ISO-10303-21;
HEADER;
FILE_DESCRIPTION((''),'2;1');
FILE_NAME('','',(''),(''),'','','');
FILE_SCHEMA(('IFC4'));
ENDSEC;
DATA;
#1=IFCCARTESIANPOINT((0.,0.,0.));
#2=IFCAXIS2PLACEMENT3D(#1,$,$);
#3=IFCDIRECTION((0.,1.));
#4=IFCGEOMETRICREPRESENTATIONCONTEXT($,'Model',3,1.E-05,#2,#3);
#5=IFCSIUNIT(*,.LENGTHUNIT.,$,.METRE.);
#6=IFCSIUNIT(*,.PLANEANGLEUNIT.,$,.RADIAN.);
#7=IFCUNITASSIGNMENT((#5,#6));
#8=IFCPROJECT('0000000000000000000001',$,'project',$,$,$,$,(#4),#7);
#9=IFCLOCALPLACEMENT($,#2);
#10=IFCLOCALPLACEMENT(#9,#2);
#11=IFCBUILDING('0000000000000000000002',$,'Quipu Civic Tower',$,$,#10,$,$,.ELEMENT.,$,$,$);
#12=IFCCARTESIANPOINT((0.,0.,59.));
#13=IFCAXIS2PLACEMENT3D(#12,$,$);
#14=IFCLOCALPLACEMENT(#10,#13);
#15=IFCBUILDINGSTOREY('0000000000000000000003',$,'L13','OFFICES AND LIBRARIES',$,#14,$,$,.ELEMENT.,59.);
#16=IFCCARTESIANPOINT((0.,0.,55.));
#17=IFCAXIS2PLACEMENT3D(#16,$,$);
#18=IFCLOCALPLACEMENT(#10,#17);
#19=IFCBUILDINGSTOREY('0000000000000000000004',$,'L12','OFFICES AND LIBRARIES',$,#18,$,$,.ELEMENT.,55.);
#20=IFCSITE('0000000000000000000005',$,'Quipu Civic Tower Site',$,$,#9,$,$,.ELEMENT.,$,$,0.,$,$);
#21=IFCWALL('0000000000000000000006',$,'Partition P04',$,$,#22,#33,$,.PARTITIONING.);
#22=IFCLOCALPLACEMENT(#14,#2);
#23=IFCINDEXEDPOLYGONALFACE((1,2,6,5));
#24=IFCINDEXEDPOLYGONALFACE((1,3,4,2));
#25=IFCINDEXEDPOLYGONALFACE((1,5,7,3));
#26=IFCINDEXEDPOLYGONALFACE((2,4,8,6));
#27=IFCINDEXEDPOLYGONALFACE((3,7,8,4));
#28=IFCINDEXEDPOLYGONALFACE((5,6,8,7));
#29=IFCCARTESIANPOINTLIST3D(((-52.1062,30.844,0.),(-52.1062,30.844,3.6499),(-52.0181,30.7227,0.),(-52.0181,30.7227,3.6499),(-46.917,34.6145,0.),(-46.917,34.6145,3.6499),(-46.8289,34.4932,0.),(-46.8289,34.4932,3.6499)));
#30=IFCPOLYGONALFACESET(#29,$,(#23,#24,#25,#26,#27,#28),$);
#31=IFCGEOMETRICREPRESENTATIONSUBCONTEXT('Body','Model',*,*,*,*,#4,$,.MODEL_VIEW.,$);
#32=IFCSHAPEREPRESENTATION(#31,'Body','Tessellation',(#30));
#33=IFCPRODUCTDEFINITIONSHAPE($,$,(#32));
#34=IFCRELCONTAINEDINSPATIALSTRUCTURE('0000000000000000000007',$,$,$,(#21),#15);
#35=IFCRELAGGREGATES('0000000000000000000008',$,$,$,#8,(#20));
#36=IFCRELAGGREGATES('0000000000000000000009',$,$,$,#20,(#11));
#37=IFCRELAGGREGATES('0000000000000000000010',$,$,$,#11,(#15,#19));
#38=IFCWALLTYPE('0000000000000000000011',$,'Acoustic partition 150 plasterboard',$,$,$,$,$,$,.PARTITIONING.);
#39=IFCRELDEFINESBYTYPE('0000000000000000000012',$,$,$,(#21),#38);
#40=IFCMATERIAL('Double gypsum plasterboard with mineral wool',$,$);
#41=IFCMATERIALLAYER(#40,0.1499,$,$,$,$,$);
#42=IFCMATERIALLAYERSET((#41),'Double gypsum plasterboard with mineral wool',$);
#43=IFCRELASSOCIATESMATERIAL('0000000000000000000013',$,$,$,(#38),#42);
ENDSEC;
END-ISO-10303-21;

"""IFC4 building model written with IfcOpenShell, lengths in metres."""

from ifc_helpers import new_model, si_unit, direction, frame, frame_2d, origin, place, context, subcontext, project, spatial, rectangle, extrude, material, layer, layer_set, type_object, element, save


model = new_model("IFC4")

# Units and contexts
model_context = context("Model", 3, precision=1e-05, world=origin(), true_north=direction((0.0, 1.0)))
body_context = subcontext(model_context, "Body", "Model", "MODEL_VIEW")
ifc_project = project(units=[si_unit("LENGTHUNIT", "METRE"), si_unit("PLANEANGLEUNIT", "RADIAN")], contexts=[model_context])

# Site, building, storey
site_placement = place(None, origin())
site = spatial("IfcSite", under=ifc_project, at=site_placement, Name="Quipu Civic Tower Site", CompositionType="ELEMENT", RefElevation=0.0)
building_placement = place(site_placement, origin())
building = spatial("IfcBuilding", under=site, at=building_placement, Name="Quipu Civic Tower", CompositionType="ELEMENT")
storey_1_placement = place(building_placement, frame((0.0, 0.0, 59.0)))
storey_1 = spatial("IfcBuildingStorey", under=building, at=storey_1_placement, Name="L13", Description="OFFICES AND LIBRARIES", CompositionType="ELEMENT", Elevation=59.0)

# Shared definitions
storey_2_placement = place(building_placement, frame((0.0, 0.0, 55.0)))
storey_2 = spatial("IfcBuildingStorey", under=building, at=storey_2_placement, Name="L12", Description="OFFICES AND LIBRARIES", CompositionType="ELEMENT", Elevation=55.0)

# Wall
ifc_material_1 = material(Name="Double gypsum plasterboard with mineral wool")
ifc_layer_1 = layer(ifc_material_1, 0.1499)
ifc_layer_set_1 = layer_set([ifc_layer_1], Name="Double gypsum plasterboard with mineral wool")
wall_type = type_object("IfcWallType", Name="Acoustic partition 150 plasterboard", PredefinedType="PARTITIONING", material=ifc_layer_set_1)
wall_placement = place(storey_1_placement, frame((-52.062, 30.7834, 0.0), z_axis=(0.0, 0.0, 1.0), x_axis=(0.808993, 0.587819, 0.0)))
element("IfcWall", 1, at=wall_placement, inside=storey_1, type_object=wall_type, Name="Partition P04", PredefinedType="PARTITIONING", context=body_context, shape_type="SweptSolid", body=[
    extrude(rectangle(XDim=6.4143, YDim=0.1499, at=frame_2d((3.207, 0.0))), origin(), (0.0, 0.0, 1.0), 3.6499),
])

save(model, "model.ifc")
